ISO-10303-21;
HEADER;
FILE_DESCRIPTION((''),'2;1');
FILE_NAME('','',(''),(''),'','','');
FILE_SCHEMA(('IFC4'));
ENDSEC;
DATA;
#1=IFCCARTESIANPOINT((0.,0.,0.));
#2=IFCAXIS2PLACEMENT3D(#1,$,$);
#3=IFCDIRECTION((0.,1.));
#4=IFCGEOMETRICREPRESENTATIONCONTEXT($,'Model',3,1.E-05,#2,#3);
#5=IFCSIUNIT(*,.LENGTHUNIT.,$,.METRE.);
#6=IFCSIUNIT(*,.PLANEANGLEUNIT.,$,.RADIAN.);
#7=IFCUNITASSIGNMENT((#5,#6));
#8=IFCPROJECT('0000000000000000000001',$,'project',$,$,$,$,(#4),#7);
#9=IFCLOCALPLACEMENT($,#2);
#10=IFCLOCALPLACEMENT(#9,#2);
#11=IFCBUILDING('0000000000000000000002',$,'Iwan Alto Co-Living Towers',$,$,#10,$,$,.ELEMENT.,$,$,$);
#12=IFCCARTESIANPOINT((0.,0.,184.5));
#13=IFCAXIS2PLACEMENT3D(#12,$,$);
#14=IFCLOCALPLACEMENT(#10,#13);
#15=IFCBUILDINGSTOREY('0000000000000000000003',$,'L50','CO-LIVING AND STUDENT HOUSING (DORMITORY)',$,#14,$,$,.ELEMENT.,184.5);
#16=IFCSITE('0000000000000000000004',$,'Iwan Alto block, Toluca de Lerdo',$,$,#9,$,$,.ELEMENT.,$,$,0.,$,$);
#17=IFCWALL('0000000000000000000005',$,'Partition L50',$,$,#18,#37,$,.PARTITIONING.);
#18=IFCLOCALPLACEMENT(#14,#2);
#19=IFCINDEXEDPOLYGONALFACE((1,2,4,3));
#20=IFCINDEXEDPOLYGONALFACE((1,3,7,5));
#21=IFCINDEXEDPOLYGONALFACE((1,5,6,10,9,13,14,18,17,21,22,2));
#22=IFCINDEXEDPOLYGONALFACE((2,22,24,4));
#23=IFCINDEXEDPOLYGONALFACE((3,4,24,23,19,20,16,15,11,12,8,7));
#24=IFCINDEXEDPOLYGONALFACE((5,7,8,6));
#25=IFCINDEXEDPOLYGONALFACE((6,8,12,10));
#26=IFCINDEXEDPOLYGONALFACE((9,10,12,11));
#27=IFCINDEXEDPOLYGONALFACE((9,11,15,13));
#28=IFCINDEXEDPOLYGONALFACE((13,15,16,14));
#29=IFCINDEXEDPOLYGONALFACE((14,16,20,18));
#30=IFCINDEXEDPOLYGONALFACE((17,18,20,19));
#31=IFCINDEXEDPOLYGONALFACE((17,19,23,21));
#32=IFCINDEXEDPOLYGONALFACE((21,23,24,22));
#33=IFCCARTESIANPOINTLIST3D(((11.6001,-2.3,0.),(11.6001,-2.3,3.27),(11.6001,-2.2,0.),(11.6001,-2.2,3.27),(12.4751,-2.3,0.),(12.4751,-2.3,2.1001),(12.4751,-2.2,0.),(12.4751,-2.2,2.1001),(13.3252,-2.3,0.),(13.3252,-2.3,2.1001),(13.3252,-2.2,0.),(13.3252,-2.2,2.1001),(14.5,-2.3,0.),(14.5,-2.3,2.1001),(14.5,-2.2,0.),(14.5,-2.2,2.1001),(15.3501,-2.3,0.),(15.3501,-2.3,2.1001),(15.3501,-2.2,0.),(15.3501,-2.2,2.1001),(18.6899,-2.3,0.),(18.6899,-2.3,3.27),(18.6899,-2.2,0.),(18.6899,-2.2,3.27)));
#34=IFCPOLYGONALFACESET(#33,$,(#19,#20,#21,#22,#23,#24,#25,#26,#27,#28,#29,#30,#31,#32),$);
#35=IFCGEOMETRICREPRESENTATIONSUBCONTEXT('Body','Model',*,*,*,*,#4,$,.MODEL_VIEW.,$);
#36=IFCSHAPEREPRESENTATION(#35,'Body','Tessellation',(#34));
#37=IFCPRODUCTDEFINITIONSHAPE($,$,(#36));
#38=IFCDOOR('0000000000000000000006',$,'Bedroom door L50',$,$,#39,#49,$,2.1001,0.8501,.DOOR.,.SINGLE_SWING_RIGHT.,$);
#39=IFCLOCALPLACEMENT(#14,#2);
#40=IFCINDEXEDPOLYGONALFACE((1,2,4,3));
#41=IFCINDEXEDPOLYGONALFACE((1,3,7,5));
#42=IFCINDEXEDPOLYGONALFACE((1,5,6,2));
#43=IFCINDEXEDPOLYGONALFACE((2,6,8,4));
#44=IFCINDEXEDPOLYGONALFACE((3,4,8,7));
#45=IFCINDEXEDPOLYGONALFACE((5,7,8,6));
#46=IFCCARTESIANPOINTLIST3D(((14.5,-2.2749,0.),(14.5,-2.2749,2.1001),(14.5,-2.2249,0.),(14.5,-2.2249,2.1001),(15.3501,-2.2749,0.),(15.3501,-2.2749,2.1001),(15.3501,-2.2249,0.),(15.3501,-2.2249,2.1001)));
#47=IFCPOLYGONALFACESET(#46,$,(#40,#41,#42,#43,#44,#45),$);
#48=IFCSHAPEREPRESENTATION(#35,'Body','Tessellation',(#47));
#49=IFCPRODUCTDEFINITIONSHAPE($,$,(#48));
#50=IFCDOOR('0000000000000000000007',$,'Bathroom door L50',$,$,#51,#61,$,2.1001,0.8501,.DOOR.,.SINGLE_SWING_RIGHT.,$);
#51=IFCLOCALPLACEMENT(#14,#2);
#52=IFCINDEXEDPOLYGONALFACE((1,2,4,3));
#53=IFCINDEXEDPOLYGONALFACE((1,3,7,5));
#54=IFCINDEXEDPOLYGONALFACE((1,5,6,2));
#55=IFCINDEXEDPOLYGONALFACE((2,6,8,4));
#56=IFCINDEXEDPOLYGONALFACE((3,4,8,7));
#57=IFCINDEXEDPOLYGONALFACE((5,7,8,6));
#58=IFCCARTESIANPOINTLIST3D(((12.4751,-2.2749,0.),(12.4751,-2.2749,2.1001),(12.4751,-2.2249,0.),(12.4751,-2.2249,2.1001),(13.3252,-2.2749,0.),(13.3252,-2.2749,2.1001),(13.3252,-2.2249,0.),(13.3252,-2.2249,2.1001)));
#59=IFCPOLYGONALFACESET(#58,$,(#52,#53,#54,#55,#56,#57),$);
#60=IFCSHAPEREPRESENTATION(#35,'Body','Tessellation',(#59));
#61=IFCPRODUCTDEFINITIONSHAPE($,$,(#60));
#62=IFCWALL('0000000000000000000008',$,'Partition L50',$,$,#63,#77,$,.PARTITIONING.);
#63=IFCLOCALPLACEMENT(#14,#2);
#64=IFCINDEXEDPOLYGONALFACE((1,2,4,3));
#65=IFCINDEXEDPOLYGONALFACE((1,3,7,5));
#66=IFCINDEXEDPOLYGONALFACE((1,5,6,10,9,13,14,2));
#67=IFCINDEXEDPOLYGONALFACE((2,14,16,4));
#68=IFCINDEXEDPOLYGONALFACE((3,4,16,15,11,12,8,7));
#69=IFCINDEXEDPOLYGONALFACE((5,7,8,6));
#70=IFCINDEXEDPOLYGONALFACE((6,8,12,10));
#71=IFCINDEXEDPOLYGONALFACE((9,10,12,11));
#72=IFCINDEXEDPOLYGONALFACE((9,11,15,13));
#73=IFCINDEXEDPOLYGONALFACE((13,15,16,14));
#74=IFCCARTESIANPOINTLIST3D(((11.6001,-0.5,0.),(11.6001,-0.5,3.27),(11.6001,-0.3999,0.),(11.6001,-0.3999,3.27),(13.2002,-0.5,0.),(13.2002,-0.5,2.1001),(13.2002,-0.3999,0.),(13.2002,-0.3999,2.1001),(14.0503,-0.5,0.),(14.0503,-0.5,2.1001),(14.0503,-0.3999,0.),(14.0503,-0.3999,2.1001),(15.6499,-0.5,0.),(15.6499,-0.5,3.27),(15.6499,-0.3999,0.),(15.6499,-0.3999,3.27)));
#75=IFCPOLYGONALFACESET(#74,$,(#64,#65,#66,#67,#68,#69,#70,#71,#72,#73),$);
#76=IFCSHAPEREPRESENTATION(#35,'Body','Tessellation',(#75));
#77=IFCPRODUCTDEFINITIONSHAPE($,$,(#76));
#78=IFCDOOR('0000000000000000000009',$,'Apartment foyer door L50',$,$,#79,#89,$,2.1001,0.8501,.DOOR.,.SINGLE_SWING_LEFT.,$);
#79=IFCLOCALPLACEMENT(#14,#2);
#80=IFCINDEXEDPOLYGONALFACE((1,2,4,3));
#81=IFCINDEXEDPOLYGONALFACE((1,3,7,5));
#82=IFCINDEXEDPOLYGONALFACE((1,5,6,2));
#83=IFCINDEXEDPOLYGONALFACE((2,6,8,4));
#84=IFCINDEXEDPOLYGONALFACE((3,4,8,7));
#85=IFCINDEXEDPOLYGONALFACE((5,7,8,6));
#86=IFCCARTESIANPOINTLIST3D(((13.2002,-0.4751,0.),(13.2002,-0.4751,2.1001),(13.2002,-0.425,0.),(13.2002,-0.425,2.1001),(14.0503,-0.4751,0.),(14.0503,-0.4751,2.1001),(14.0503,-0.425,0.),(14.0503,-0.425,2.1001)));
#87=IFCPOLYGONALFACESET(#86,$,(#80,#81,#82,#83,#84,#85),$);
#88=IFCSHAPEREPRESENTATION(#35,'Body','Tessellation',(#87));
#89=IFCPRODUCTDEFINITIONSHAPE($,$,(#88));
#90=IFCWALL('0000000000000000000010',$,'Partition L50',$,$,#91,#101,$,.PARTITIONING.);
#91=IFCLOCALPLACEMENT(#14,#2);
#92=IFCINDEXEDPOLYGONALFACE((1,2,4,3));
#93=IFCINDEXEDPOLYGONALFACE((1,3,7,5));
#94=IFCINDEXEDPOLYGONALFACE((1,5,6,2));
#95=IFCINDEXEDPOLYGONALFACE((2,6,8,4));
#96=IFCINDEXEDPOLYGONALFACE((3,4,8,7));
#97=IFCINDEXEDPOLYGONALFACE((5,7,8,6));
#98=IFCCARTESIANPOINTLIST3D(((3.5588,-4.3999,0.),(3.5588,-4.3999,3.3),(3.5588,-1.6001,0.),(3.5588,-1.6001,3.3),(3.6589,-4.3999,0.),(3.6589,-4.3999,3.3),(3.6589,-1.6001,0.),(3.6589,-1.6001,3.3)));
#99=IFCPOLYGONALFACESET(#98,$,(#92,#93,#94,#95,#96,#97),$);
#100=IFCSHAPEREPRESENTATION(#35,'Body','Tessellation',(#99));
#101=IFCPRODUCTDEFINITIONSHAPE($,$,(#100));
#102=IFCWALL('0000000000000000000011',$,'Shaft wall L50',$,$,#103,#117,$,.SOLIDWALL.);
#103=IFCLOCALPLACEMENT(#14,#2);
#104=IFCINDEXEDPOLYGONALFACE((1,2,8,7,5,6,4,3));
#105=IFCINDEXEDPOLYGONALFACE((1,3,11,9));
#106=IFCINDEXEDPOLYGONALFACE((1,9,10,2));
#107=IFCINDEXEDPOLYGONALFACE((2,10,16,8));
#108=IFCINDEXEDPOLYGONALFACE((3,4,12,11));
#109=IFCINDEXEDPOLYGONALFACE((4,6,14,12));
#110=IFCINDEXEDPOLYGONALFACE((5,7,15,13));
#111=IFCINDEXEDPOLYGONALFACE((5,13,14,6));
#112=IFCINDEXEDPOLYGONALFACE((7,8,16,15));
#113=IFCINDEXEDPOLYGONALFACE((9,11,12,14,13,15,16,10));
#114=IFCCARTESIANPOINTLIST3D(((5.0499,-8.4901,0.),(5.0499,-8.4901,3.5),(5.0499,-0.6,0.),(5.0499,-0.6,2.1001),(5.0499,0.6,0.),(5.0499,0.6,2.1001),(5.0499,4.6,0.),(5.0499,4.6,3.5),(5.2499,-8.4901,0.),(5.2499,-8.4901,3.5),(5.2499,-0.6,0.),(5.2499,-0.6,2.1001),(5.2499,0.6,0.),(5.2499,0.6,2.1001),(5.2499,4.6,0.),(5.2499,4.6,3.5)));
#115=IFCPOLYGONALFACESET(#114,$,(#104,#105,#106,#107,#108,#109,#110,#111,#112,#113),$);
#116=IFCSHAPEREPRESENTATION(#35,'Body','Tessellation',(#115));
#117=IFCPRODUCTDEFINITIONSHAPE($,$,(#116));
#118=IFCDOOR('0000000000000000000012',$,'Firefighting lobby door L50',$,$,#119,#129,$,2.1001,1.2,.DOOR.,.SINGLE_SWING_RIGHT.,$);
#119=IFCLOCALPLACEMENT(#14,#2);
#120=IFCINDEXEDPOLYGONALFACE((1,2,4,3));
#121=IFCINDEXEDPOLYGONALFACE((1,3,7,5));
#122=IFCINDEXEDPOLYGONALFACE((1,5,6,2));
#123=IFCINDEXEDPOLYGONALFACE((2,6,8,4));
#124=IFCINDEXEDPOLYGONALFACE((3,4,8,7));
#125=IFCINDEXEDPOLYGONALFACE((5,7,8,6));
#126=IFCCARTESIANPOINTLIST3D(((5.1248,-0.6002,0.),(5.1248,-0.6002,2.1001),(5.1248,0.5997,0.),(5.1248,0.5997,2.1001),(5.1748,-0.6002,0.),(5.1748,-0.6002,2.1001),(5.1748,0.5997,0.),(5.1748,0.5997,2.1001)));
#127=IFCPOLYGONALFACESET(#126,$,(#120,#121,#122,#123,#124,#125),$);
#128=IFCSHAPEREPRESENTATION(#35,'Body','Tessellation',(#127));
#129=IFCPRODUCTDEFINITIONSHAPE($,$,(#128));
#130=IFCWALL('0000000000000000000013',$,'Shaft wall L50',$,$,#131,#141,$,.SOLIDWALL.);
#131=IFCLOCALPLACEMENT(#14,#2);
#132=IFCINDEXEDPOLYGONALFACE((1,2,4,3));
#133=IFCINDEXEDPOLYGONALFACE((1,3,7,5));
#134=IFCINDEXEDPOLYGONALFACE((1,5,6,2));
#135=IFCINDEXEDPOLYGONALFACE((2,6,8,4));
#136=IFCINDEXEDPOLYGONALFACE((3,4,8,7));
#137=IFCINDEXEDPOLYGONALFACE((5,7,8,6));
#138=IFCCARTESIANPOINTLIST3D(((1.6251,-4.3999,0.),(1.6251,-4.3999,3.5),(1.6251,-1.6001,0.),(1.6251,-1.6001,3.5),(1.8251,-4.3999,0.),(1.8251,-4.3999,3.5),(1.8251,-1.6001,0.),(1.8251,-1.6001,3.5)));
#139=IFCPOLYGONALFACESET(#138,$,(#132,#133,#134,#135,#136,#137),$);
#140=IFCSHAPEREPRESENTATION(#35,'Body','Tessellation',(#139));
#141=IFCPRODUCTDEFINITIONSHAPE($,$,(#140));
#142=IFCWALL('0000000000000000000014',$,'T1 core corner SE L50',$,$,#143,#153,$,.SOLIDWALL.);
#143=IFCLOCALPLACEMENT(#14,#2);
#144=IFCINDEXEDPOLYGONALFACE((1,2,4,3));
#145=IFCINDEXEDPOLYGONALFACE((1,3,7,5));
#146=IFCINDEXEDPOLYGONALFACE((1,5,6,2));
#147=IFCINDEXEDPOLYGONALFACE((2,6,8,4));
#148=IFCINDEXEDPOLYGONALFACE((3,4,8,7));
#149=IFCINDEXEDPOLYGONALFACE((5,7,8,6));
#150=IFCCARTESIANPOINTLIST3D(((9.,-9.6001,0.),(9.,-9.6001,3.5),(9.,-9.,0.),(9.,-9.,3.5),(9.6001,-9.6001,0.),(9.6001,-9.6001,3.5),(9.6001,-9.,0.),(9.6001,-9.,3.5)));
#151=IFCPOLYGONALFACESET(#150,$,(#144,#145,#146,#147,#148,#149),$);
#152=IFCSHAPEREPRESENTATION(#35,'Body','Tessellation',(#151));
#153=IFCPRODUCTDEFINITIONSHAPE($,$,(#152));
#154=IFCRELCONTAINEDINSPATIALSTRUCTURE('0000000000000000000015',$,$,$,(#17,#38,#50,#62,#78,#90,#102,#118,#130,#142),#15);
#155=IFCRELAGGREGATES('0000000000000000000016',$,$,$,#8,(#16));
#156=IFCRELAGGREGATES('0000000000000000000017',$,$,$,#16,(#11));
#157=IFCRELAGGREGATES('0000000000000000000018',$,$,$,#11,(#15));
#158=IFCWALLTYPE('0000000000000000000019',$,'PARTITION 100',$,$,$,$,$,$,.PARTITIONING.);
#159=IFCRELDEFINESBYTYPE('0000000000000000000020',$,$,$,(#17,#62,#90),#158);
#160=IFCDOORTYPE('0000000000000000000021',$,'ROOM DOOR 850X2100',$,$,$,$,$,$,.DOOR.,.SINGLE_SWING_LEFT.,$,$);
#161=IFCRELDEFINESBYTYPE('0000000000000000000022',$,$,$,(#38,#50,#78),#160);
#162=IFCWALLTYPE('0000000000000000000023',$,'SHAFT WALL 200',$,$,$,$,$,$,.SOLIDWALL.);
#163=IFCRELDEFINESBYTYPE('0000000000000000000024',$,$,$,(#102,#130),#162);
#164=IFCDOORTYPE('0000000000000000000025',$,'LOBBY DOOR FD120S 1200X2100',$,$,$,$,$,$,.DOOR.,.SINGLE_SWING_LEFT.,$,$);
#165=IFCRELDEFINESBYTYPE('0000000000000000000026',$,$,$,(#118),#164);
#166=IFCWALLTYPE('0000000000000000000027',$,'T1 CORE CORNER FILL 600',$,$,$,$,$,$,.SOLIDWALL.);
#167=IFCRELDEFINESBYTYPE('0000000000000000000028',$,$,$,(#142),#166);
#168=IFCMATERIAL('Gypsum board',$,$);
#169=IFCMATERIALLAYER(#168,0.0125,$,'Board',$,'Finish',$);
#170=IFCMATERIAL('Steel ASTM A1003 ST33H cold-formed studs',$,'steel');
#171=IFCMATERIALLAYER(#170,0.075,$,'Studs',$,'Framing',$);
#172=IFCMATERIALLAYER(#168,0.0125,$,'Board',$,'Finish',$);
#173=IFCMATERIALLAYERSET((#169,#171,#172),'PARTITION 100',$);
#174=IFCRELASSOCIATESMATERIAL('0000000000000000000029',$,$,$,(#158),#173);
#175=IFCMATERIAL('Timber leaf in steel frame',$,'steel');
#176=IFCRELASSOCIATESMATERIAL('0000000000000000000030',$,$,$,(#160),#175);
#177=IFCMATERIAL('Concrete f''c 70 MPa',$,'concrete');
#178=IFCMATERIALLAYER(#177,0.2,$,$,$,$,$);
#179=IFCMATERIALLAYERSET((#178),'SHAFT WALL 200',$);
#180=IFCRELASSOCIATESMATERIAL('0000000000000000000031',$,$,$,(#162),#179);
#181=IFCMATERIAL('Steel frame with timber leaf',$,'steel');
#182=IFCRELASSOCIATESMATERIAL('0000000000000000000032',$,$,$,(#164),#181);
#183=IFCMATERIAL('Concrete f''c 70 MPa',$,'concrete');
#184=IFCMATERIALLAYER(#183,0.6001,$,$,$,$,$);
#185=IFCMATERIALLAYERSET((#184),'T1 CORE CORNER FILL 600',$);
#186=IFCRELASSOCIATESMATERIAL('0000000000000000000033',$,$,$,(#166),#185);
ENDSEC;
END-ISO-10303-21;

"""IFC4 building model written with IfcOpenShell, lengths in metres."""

from ifc_helpers import new_model, si_unit, direction, frame, frame_2d, origin, place, context, subcontext, project, spatial, rectangle, extrude, material, layer, layer_set, type_object, element, fill, save


model = new_model("IFC4")

# Units and contexts
model_context = context("Model", 3, precision=1e-05, world=origin(), true_north=direction((0.0, 1.0)))
body_context = subcontext(model_context, "Body", "Model", "MODEL_VIEW")
ifc_project = project(units=[si_unit("LENGTHUNIT", "METRE"), si_unit("PLANEANGLEUNIT", "RADIAN")], contexts=[model_context])

# Site, building, storey
site_placement = place(None, origin())
site = spatial("IfcSite", under=ifc_project, at=site_placement, Name="Iwan Alto block, Toluca de Lerdo", CompositionType="ELEMENT", RefElevation=0.0)
building_placement = place(site_placement, origin())
building = spatial("IfcBuilding", under=site, at=building_placement, Name="Iwan Alto Co-Living Towers", CompositionType="ELEMENT")
storey_placement = place(building_placement, frame((0.0, 0.0, 184.5)))
storey = spatial("IfcBuildingStorey", under=building, at=storey_placement, Name="L50", Description="CO-LIVING AND STUDENT HOUSING (DORMITORY)", CompositionType="ELEMENT", Elevation=184.5)

# Shared definitions
ifc_material_1 = material(Name="Gypsum board")
ifc_material_2 = material(Name="Steel ASTM A1003 ST33H cold-formed studs", Category="steel")

# Shared definitions
ifc_layer_1 = layer(ifc_material_1, 0.0125, Name="Board", Category="Finish")
ifc_layer_2 = layer(ifc_material_2, 0.075, Name="Studs", Category="Framing")
ifc_layer_3 = layer(ifc_material_1, 0.0125, Name="Board", Category="Finish")
ifc_layer_set_1 = layer_set([ifc_layer_1, ifc_layer_2, ifc_layer_3], Name="PARTITION 100")
wall_type_1 = type_object("IfcWallType", Name="PARTITION 100", PredefinedType="PARTITIONING", material=ifc_layer_set_1)

# Wall, openings, doors
wall_1_placement = place(storey_placement, frame((11.6001, -2.25, 0.0), z_axis=(0.0, 0.0, 1.0), x_axis=(1.0, 0.0, 0.0)))
wall_1 = element("IfcWall", 1, at=wall_1_placement, inside=storey, type_object=wall_type_1, Name="Partition L50", PredefinedType="PARTITIONING", context=body_context, shape_type="SweptSolid", body=[
    extrude(rectangle(XDim=7.0898, YDim=0.1001, at=frame_2d((3.5449, 0.0))), origin(), (0.0, 0.0, 1.0), 3.27),
])
opening_1_placement = place(wall_1_placement, frame((2.8999, 0.0, 0.0)))
opening_1 = element("IfcOpeningElement", 2, at=opening_1_placement, cuts=wall_1, PredefinedType="OPENING", context=body_context, shape_type="SweptSolid", body=[
    extrude(rectangle(XDim=0.8501, YDim=2.1001, at=frame_2d((0.425, 1.05))), frame((0.0, 0.0601, 0.0), z_axis=(0.0, -1.0, 0.0), x_axis=(1.0, 0.0, 0.0)), (0.0, 0.0, 1.0), 0.1201),
])
opening_2_placement = place(wall_1_placement, frame((0.875, 0.0, 0.0)))
opening_2 = element("IfcOpeningElement", 3, at=opening_2_placement, cuts=wall_1, PredefinedType="OPENING", context=body_context, shape_type="SweptSolid", body=[
    extrude(rectangle(XDim=0.8501, YDim=2.1001, at=frame_2d((0.425, 1.05))), frame((0.0, 0.0601, 0.0), z_axis=(0.0, -1.0, 0.0), x_axis=(1.0, 0.0, 0.0)), (0.0, 0.0, 1.0), 0.1201),
])
ifc_material_3 = material(Name="Timber leaf in steel frame", Category="steel")
door_type_1 = type_object("IfcDoorType", Name="ROOM DOOR 850X2100", OperationType="SINGLE_SWING_LEFT", PredefinedType="DOOR", material=ifc_material_3)
door_1_placement = place(opening_1_placement, frame((0.8501, 0.0, 0.0), z_axis=(0.0, 0.0, 1.0), x_axis=(-1.0, 0.0, 0.0)))
door_1 = element("IfcDoor", 4, at=door_1_placement, inside=storey, type_object=door_type_1, Name="Bedroom door L50", OperationType="SINGLE_SWING_RIGHT", OverallHeight=2.1001, OverallWidth=0.8501, PredefinedType="DOOR", context=body_context, shape_type="SweptSolid", body=[
    extrude(rectangle(XDim=0.8501, YDim=2.1001, at=frame_2d((0.425, 1.05))), frame((0.0, 0.0249, 0.0), z_axis=(0.0, -1.0, 0.0), x_axis=(1.0, 0.0, 0.0)), (0.0, 0.0, 1.0), 0.05),
])
fill(opening_1, door_1)
door_2_placement = place(opening_2_placement, frame((0.8501, 0.0, 0.0), z_axis=(0.0, 0.0, 1.0), x_axis=(-1.0, 0.0, 0.0)))
door_2 = element("IfcDoor", 5, at=door_2_placement, inside=storey, type_object=door_type_1, Name="Bathroom door L50", OperationType="SINGLE_SWING_RIGHT", OverallHeight=2.1001, OverallWidth=0.8501, PredefinedType="DOOR", context=body_context, shape_type="SweptSolid", body=[
    extrude(rectangle(XDim=0.8501, YDim=2.1001, at=frame_2d((0.425, 1.05))), frame((0.0, 0.0249, 0.0), z_axis=(0.0, -1.0, 0.0), x_axis=(1.0, 0.0, 0.0)), (0.0, 0.0, 1.0), 0.05),
])
fill(opening_2, door_2)

# Wall, opening, door
wall_2_placement = place(storey_placement, frame((11.6001, -0.45, 0.0), z_axis=(0.0, 0.0, 1.0), x_axis=(1.0, 0.0, 0.0)))
wall_2 = element("IfcWall", 6, at=wall_2_placement, inside=storey, type_object=wall_type_1, Name="Partition L50", PredefinedType="PARTITIONING", context=body_context, shape_type="SweptSolid", body=[
    extrude(rectangle(XDim=4.0498, YDim=0.1001, at=frame_2d((2.0249, 0.0))), origin(), (0.0, 0.0, 1.0), 3.27),
])
opening_3_placement = place(wall_2_placement, frame((1.6001, 0.0, 0.0)))
opening_3 = element("IfcOpeningElement", 7, at=opening_3_placement, cuts=wall_2, PredefinedType="OPENING", context=body_context, shape_type="SweptSolid", body=[
    extrude(rectangle(XDim=0.8501, YDim=2.1001, at=frame_2d((0.425, 1.05))), frame((0.0, 0.0601, 0.0), z_axis=(0.0, -1.0, 0.0), x_axis=(1.0, 0.0, 0.0)), (0.0, 0.0, 1.0), 0.1201),
])
door_3_placement = place(opening_3_placement, origin())
door_3 = element("IfcDoor", 8, at=door_3_placement, inside=storey, type_object=door_type_1, Name="Apartment foyer door L50", OperationType="SINGLE_SWING_LEFT", OverallHeight=2.1001, OverallWidth=0.8501, PredefinedType="DOOR", context=body_context, shape_type="SweptSolid", body=[
    extrude(rectangle(XDim=0.8501, YDim=2.1001, at=frame_2d((0.425, 1.05))), frame((0.0, 0.0249, 0.0), z_axis=(0.0, -1.0, 0.0), x_axis=(1.0, 0.0, 0.0)), (0.0, 0.0, 1.0), 0.05),
])
fill(opening_3, door_3)

# Wall
wall_3_placement = place(storey_placement, frame((3.6089, -4.3999, 0.0), z_axis=(0.0, 0.0, 1.0), x_axis=(0.0, 1.0, 0.0)))
element("IfcWall", 9, at=wall_3_placement, inside=storey, type_object=wall_type_1, Name="Partition L50", PredefinedType="PARTITIONING", context=body_context, shape_type="SweptSolid", body=[
    extrude(rectangle(XDim=2.7998, YDim=0.1001, at=frame_2d((1.3999, 0.0))), origin(), (0.0, 0.0, 1.0), 3.3),
])

# Wall, opening, door
ifc_material_4 = material(Name="Concrete f'c 70 MPa", Category="concrete")
ifc_layer_4 = layer(ifc_material_4, 0.2)
ifc_layer_set_2 = layer_set([ifc_layer_4], Name="SHAFT WALL 200")
wall_type_2 = type_object("IfcWallType", Name="SHAFT WALL 200", PredefinedType="SOLIDWALL", material=ifc_layer_set_2)
wall_4_placement = place(storey_placement, frame((5.1499, -8.49, 0.0), z_axis=(0.0, 0.0, 1.0), x_axis=(0.0, 1.0, 0.0)))
wall_4 = element("IfcWall", 10, at=wall_4_placement, inside=storey, type_object=wall_type_2, Name="Shaft wall L50", PredefinedType="SOLIDWALL", context=body_context, shape_type="SweptSolid", body=[
    extrude(rectangle(XDim=13.0901, YDim=0.2, at=frame_2d((6.5449, 0.0))), origin(), (0.0, 0.0, 1.0), 3.5),
])
opening_4_placement = place(wall_4_placement, frame((7.8899, 0.0, 0.0)))
opening_4 = element("IfcOpeningElement", 11, at=opening_4_placement, cuts=wall_4, PredefinedType="OPENING", context=body_context, shape_type="SweptSolid", body=[
    extrude(rectangle(XDim=1.2, YDim=2.1001, at=frame_2d((0.6001, 1.05))), frame((0.0, 0.1099, 0.0), z_axis=(0.0, -1.0, 0.0), x_axis=(1.0, 0.0, 0.0)), (0.0, 0.0, 1.0), 0.22),
])
ifc_material_5 = material(Name="Steel frame with timber leaf", Category="steel")
door_type_2 = type_object("IfcDoorType", Name="LOBBY DOOR FD120S 1200X2100", OperationType="SINGLE_SWING_LEFT", PredefinedType="DOOR", material=ifc_material_5)
door_4_placement = place(opening_4_placement, frame((1.2, 0.0, 0.0), z_axis=(0.0, 0.0, 1.0), x_axis=(-1.0, 0.0, 0.0)))
door_4 = element("IfcDoor", 12, at=door_4_placement, inside=storey, type_object=door_type_2, Name="Firefighting lobby door L50", OperationType="SINGLE_SWING_RIGHT", OverallHeight=2.1001, OverallWidth=1.2, PredefinedType="DOOR", context=body_context, shape_type="SweptSolid", body=[
    extrude(rectangle(XDim=1.2, YDim=2.1001, at=frame_2d((0.6001, 1.05))), frame((0.0, 0.0249, 0.0), z_axis=(0.0, -1.0, 0.0), x_axis=(1.0, 0.0, 0.0)), (0.0, 0.0, 1.0), 0.05),
])
fill(opening_4, door_4)

# Walls
wall_5_placement = place(storey_placement, frame((1.7251, -4.3999, 0.0), z_axis=(0.0, 0.0, 1.0), x_axis=(0.0, 1.0, 0.0)))
element("IfcWall", 13, at=wall_5_placement, inside=storey, type_object=wall_type_2, Name="Shaft wall L50", PredefinedType="SOLIDWALL", context=body_context, shape_type="SweptSolid", body=[
    extrude(rectangle(XDim=2.7998, YDim=0.2, at=frame_2d((1.3999, 0.0))), origin(), (0.0, 0.0, 1.0), 3.5),
])
ifc_material_6 = material(Name="Concrete f'c 70 MPa", Category="concrete")
ifc_layer_5 = layer(ifc_material_6, 0.6001)
ifc_layer_set_3 = layer_set([ifc_layer_5], Name="T1 CORE CORNER FILL 600")
wall_type_3 = type_object("IfcWallType", Name="T1 CORE CORNER FILL 600", PredefinedType="SOLIDWALL", material=ifc_layer_set_3)
wall_6_placement = place(storey_placement, frame((9.0, -9.3, 0.0), z_axis=(0.0, 0.0, 1.0), x_axis=(1.0, 0.0, 0.0)))
element("IfcWall", 14, at=wall_6_placement, inside=storey, type_object=wall_type_3, Name="T1 core corner SE L50", PredefinedType="SOLIDWALL", context=body_context, shape_type="SweptSolid", body=[
    extrude(rectangle(XDim=0.6001, YDim=0.6001, at=frame_2d((0.3, 0.0))), origin(), (0.0, 0.0, 1.0), 3.5),
])

save(model, "model.ifc")
